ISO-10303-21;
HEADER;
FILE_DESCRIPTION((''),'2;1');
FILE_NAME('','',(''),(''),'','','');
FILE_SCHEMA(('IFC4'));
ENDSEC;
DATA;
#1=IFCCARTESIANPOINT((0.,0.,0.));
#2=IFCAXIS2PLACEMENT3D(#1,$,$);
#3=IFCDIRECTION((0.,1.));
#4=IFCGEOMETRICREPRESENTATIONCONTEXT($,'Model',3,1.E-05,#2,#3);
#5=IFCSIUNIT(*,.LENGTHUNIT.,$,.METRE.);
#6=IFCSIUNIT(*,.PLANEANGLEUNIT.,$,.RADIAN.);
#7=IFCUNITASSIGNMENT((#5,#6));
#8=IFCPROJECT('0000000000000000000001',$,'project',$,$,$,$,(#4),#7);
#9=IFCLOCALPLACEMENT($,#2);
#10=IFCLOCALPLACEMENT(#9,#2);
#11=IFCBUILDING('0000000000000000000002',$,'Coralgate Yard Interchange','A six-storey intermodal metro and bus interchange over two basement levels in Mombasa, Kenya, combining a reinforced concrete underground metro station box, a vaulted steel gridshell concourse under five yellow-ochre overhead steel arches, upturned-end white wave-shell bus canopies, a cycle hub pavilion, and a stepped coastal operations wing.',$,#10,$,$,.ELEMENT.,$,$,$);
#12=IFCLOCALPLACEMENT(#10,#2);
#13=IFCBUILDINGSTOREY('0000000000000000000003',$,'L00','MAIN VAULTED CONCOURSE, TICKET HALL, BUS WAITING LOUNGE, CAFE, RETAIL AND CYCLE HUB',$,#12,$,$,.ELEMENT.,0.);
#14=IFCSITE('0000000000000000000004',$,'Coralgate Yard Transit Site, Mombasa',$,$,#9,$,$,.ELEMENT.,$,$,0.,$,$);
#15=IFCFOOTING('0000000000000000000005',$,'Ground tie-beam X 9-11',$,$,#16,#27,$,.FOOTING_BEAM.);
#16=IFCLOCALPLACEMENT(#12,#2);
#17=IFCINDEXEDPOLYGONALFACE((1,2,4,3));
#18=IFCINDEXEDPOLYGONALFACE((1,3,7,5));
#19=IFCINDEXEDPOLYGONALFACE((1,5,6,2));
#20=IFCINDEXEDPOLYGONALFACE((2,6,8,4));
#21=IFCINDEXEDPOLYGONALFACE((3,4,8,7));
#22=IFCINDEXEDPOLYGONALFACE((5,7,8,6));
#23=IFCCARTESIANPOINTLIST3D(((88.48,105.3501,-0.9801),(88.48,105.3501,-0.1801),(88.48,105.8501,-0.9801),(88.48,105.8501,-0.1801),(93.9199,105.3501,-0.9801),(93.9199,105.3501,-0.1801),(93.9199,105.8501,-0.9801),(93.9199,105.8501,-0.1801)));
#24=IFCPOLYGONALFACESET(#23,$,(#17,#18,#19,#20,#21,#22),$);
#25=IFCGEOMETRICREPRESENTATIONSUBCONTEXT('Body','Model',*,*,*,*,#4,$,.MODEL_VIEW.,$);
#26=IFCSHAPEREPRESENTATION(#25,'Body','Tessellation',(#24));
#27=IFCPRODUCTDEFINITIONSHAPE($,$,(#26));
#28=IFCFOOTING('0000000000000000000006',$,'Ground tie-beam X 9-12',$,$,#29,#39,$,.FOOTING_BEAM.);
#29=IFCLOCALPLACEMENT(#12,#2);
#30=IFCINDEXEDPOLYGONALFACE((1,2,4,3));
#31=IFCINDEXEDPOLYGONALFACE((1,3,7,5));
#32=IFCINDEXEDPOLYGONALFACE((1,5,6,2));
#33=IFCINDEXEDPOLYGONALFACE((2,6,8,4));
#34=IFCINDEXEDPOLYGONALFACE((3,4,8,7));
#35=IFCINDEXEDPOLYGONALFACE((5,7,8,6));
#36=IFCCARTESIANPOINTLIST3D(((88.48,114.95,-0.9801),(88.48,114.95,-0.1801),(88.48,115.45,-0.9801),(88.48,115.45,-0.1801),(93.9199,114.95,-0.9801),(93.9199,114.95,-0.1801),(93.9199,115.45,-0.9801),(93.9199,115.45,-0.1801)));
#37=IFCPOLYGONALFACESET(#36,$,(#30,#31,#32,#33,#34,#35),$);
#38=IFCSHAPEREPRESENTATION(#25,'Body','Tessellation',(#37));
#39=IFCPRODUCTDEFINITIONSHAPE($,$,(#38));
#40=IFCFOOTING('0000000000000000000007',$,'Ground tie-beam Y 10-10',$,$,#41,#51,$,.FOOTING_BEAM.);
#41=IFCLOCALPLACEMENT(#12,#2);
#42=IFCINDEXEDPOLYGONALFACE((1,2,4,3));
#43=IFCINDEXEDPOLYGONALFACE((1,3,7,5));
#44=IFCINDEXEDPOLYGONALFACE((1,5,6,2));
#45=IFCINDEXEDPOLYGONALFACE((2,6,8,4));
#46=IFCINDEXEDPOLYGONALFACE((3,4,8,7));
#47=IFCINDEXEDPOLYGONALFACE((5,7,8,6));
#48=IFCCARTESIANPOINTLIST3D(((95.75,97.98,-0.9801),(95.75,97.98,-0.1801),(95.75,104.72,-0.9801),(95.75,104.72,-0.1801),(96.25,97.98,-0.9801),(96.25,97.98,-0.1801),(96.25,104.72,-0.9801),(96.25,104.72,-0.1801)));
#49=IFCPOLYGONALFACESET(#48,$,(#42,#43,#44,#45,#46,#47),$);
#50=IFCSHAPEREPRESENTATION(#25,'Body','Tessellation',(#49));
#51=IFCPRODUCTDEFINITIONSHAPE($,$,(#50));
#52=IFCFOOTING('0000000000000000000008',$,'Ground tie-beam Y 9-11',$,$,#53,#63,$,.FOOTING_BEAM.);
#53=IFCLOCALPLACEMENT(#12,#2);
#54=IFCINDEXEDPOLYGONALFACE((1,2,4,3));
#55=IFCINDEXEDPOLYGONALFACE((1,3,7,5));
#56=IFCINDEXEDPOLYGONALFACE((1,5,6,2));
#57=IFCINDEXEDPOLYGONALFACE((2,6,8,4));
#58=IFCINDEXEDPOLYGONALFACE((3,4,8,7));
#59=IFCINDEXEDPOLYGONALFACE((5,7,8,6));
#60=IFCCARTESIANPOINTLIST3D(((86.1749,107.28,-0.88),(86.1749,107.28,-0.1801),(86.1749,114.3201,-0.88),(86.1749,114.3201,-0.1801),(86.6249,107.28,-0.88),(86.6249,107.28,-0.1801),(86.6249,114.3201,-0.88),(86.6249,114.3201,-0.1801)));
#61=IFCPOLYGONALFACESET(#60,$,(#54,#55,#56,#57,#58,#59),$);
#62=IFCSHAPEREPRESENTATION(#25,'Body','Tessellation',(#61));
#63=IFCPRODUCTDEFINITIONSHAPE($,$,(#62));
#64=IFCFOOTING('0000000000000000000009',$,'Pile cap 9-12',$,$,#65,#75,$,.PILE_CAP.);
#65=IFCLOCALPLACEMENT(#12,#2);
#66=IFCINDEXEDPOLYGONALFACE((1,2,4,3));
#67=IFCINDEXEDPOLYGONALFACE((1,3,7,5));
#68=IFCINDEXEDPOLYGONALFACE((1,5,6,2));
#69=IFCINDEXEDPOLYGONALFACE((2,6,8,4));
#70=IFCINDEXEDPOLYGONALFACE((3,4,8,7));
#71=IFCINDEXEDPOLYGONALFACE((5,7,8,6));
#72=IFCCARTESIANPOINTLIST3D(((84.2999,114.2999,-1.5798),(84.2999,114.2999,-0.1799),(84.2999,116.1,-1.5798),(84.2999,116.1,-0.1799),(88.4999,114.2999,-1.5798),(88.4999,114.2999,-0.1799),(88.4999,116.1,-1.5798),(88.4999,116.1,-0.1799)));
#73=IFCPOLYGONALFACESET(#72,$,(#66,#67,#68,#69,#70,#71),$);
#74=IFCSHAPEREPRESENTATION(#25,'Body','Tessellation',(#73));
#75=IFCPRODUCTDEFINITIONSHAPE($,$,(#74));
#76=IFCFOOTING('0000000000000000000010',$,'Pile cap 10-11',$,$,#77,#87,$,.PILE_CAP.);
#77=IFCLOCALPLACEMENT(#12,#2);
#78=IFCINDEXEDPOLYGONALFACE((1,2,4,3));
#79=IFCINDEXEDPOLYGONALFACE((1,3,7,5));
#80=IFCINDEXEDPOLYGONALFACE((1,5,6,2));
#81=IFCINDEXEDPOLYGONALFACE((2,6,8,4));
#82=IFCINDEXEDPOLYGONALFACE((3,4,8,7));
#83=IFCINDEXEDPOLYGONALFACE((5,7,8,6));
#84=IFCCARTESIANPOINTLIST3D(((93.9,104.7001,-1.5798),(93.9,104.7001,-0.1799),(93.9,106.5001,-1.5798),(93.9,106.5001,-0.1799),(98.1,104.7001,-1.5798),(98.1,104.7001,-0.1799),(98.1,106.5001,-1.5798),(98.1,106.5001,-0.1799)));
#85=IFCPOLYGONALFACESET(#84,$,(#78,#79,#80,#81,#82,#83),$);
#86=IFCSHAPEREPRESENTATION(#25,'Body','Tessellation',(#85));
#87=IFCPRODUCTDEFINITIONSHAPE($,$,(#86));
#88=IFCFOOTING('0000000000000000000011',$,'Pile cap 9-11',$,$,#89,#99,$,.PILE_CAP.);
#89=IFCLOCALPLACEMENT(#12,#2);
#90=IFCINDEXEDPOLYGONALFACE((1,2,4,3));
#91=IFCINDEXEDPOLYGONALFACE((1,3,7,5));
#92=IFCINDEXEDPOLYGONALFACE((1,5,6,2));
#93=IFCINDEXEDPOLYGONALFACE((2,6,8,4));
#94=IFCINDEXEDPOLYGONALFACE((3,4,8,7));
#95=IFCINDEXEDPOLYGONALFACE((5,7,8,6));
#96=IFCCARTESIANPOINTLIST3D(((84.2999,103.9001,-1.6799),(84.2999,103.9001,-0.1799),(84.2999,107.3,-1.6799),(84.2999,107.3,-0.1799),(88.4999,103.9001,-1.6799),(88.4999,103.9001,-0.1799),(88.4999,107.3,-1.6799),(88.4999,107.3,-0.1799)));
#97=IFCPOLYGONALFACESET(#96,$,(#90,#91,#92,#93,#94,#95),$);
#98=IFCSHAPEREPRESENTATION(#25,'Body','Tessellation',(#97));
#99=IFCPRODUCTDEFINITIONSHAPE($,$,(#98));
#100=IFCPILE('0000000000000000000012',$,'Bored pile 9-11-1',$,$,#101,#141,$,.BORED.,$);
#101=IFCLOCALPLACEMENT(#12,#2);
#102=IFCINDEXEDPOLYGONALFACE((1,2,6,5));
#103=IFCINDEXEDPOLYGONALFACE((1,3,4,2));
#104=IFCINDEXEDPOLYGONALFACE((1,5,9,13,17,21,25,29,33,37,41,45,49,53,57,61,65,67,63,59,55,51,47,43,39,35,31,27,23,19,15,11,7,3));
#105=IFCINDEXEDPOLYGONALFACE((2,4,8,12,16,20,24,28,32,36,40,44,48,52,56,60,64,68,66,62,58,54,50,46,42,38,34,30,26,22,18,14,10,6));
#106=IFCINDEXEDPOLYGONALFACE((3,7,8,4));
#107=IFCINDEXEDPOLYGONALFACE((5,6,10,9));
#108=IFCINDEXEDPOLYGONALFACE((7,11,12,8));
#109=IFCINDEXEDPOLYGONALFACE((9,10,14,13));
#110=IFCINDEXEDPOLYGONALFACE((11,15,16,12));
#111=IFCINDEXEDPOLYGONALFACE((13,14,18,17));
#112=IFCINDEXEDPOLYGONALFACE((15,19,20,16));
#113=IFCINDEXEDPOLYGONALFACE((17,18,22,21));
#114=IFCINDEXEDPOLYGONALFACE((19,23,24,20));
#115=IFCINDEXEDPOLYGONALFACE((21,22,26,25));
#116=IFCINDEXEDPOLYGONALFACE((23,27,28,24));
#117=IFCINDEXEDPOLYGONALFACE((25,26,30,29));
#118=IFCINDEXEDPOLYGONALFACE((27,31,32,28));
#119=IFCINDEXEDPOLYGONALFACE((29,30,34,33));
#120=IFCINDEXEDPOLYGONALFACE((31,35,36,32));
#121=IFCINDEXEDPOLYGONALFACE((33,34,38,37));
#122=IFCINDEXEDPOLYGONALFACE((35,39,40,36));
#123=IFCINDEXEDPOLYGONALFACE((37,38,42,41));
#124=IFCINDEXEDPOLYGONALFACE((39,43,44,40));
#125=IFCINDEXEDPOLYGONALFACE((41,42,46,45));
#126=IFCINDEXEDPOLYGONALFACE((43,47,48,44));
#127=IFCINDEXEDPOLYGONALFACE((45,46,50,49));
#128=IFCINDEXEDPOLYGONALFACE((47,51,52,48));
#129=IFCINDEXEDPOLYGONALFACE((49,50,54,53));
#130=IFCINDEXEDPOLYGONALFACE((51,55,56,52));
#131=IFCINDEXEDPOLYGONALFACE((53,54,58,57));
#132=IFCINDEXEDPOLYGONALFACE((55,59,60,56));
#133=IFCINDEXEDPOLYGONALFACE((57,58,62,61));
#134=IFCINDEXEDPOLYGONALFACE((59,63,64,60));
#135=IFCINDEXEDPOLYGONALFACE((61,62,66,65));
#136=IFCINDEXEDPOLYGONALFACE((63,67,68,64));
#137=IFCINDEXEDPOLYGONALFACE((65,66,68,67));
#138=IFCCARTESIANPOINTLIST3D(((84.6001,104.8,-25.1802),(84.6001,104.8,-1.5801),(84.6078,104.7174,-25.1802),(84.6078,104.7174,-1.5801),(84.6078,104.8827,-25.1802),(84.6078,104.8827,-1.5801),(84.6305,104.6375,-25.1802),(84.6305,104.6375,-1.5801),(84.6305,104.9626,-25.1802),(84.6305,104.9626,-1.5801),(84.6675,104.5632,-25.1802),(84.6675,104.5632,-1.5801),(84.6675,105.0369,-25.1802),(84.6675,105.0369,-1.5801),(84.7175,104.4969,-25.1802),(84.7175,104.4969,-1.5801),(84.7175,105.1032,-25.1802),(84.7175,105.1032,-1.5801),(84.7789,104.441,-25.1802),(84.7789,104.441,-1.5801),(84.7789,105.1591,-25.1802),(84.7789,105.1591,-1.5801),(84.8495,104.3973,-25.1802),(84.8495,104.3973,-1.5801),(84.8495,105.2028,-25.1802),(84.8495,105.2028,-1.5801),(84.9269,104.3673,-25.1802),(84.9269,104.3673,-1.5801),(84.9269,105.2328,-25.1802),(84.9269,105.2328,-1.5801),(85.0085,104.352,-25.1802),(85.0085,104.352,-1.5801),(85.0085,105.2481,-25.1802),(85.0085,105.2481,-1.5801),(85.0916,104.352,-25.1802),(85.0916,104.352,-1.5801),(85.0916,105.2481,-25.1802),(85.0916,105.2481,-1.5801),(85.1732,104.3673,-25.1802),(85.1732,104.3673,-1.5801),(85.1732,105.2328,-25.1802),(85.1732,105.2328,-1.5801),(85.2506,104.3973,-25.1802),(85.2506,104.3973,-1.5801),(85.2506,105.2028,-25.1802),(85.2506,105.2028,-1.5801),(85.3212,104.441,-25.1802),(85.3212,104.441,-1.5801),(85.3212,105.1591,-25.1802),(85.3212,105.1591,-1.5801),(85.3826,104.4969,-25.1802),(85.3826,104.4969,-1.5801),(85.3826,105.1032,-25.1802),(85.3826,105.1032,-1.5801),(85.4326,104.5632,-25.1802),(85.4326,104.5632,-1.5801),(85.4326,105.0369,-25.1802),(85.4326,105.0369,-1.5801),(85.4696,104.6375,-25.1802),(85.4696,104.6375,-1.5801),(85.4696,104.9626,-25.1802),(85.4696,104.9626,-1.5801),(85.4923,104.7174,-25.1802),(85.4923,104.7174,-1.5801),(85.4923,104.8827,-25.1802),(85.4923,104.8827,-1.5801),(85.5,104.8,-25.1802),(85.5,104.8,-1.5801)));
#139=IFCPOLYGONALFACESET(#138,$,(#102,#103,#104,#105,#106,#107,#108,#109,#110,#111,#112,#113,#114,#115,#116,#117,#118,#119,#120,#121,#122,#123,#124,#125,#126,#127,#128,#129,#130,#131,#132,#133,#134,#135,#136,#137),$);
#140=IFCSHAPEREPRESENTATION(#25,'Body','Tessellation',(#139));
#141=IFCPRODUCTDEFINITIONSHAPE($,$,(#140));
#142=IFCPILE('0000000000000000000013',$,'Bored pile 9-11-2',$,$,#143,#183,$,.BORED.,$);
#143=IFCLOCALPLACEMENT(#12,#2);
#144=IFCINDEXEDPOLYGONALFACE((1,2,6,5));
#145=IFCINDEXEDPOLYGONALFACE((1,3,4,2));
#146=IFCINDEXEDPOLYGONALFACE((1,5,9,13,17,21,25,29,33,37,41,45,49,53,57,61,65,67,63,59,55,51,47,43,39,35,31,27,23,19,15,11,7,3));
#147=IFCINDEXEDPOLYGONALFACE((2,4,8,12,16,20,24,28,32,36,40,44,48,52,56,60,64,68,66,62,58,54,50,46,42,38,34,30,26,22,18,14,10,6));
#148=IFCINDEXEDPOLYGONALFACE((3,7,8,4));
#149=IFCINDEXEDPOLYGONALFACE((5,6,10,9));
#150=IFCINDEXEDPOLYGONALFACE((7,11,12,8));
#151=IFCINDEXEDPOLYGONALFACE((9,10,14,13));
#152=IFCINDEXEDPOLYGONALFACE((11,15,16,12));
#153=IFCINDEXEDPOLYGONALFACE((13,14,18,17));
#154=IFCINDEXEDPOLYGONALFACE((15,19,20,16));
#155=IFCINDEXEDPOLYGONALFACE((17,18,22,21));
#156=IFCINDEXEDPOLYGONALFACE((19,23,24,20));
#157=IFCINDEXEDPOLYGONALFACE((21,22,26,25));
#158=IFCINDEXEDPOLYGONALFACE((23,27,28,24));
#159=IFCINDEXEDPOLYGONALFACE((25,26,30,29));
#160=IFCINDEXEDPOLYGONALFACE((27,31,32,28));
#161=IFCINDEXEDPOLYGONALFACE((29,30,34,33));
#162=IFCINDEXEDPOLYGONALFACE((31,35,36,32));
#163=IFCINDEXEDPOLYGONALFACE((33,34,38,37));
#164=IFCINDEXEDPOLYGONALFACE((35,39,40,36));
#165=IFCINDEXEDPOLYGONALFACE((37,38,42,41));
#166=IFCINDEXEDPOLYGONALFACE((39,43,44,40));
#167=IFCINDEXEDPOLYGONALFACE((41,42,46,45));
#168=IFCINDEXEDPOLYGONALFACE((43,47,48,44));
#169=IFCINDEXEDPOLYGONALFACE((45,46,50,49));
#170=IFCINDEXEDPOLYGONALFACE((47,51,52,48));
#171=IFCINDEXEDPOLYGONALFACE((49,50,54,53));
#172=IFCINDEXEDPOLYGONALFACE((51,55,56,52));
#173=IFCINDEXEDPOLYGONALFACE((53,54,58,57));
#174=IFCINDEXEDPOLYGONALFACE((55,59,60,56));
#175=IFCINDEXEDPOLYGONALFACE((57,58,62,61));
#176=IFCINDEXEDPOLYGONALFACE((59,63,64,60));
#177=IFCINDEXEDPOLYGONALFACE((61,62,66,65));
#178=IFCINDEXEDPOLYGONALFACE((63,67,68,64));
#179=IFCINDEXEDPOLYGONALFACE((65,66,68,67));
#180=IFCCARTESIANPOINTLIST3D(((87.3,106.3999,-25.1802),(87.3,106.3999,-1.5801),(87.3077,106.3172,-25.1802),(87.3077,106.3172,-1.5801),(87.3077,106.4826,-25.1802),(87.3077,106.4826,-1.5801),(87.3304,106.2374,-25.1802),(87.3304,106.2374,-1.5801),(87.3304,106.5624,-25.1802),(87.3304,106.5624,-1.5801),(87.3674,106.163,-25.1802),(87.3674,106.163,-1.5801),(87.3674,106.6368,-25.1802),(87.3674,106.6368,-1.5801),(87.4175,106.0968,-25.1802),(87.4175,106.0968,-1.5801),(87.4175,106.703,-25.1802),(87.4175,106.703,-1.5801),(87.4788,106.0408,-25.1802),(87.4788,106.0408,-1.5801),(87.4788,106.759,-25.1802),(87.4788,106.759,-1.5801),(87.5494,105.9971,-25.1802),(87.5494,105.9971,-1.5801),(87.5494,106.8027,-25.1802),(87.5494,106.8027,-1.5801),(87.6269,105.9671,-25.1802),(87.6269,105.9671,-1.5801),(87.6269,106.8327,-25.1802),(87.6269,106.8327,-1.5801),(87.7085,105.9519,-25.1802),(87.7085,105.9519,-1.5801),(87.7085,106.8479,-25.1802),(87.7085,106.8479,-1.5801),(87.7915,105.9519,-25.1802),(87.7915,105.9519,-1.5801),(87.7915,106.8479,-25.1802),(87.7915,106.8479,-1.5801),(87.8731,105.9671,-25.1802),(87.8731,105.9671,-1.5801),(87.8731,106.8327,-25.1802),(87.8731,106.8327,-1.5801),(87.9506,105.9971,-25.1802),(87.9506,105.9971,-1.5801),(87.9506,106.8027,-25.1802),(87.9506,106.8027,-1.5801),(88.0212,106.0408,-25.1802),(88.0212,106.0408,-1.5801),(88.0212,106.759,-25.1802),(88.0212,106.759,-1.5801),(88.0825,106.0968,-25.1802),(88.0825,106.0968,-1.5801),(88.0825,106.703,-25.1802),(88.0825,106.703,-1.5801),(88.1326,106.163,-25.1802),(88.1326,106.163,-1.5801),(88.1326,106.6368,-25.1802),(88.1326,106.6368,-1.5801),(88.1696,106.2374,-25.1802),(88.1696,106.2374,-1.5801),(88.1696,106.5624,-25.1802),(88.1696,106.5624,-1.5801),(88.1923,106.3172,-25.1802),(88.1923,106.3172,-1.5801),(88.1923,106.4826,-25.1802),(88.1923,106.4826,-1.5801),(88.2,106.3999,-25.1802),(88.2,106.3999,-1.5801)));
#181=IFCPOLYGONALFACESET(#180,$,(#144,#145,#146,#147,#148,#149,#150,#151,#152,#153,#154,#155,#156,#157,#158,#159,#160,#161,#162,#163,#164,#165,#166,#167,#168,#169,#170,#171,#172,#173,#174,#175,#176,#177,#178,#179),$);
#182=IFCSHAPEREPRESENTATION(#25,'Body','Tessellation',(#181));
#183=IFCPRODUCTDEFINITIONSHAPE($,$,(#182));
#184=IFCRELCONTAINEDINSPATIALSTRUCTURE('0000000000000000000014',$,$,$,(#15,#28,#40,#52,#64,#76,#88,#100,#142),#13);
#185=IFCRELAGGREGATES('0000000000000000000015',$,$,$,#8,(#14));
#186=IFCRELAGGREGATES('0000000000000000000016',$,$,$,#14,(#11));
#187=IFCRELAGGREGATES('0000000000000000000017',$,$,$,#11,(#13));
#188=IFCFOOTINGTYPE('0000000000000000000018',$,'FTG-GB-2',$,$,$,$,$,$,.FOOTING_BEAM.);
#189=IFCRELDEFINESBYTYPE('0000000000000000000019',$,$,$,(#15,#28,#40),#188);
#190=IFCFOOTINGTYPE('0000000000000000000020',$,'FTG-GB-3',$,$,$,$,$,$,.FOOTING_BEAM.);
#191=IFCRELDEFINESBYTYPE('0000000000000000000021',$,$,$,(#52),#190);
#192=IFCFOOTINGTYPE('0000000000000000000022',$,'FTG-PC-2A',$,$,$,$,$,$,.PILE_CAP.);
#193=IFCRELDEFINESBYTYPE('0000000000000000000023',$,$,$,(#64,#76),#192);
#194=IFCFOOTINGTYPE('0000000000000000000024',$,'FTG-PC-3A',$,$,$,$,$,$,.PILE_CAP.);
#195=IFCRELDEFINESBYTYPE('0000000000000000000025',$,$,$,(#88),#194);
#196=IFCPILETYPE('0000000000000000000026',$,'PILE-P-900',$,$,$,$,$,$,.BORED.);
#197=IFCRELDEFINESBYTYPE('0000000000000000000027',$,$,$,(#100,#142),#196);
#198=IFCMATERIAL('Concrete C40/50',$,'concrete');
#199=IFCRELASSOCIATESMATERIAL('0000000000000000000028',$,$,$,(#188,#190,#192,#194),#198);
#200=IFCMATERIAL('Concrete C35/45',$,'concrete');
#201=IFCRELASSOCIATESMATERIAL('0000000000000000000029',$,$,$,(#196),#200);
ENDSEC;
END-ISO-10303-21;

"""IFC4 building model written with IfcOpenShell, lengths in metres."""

from ifc_helpers import new_model, si_unit, direction, frame, origin, origin_2d, place, context, subcontext, project, spatial, rectangle, circle, extrude, material, material_profile, profile_set, type_object, element, save


model = new_model("IFC4")

# Units and contexts
model_context = context("Model", 3, precision=1e-05, world=origin(), true_north=direction((0.0, 1.0)))
body_context = subcontext(model_context, "Body", "Model", "MODEL_VIEW")
ifc_project = project(units=[si_unit("LENGTHUNIT", "METRE"), si_unit("PLANEANGLEUNIT", "RADIAN")], contexts=[model_context])

# Site, building, storey
site_placement = place(None, origin())
site = spatial("IfcSite", under=ifc_project, at=site_placement, Name="Coralgate Yard Transit Site, Mombasa", CompositionType="ELEMENT", RefElevation=0.0)
building_placement = place(site_placement, origin())
building = spatial("IfcBuilding", under=site, at=building_placement, Name="Coralgate Yard Interchange", Description="A six-storey intermodal metro and bus interchange over two basement levels in Mombasa, Kenya, combining a reinforced concrete underground metro station box, a vaulted steel gridshell concourse under five yellow-ochre overhead steel arches, upturned-end white wave-shell bus canopies, a cycle hub pavilion, and a stepped coastal operations wing.", CompositionType="ELEMENT")
storey_placement = place(building_placement, origin())
storey = spatial("IfcBuildingStorey", under=building, at=storey_placement, Name="L00", Description="MAIN VAULTED CONCOURSE, TICKET HALL, BUS WAITING LOUNGE, CAFE, RETAIL AND CYCLE HUB", CompositionType="ELEMENT", Elevation=0.0)

# Footings
ifc_material_1 = material(Name="Concrete C40/50", Category="concrete")
ifc_material_profile_1 = material_profile(ifc_material_1, rectangle(XDim=0.5, YDim=0.8, at=origin_2d()), Name="RC 500x800")
ifc_profile_set_1 = profile_set([ifc_material_profile_1], Name="Concrete C40/50")
footing_type_1 = type_object("IfcFootingType", Name="FTG-GB-2", PredefinedType="FOOTING_BEAM", material=ifc_profile_set_1)
for number, where, z_axis, x_axis, name in (
    (1, (88.48, 105.6001, -0.5801), (1.0, 0.0, 0.0), (0.0, 1.0, 0.0), "Ground tie-beam X 9-11"),
    (2, (88.48, 115.2, -0.5801), (1.0, 0.0, 0.0), (0.0, 1.0, 0.0), "Ground tie-beam X 9-12"),
):
    element("IfcFooting", number, at=place(storey_placement, frame(where, z_axis=z_axis, x_axis=x_axis)), inside=storey, type_object=footing_type_1, Name=name, PredefinedType="FOOTING_BEAM", context=body_context, shape_type="SweptSolid", body=[
        extrude(rectangle(XDim=0.5, YDim=0.8, at=origin_2d()), origin(), (0.0, 0.0, 1.0), 5.4399),
    ])
footing_1_placement = place(storey_placement, frame((96.0, 97.98, -0.5801), z_axis=(0.0, 1.0, 0.0), x_axis=(-1.0, 0.0, 0.0)))
element("IfcFooting", 3, at=footing_1_placement, inside=storey, type_object=footing_type_1, Name="Ground tie-beam Y 10-10", PredefinedType="FOOTING_BEAM", context=body_context, shape_type="SweptSolid", body=[
    extrude(rectangle(XDim=0.5, YDim=0.8, at=origin_2d()), origin(), (0.0, 0.0, 1.0), 6.74),
])
ifc_material_profile_2 = material_profile(ifc_material_1, rectangle(XDim=0.45, YDim=0.7, at=origin_2d()), Name="RC 450x700")
ifc_profile_set_2 = profile_set([ifc_material_profile_2], Name="Concrete C40/50")
footing_type_2 = type_object("IfcFootingType", Name="FTG-GB-3", PredefinedType="FOOTING_BEAM", material=ifc_profile_set_2)
footing_2_placement = place(storey_placement, frame((86.3999, 107.28, -0.53), z_axis=(0.0, 1.0, 0.0), x_axis=(-1.0, 0.0, 0.0)))
element("IfcFooting", 4, at=footing_2_placement, inside=storey, type_object=footing_type_2, Name="Ground tie-beam Y 9-11", PredefinedType="FOOTING_BEAM", context=body_context, shape_type="SweptSolid", body=[
    extrude(rectangle(XDim=0.45, YDim=0.7, at=origin_2d()), origin(), (0.0, 0.0, 1.0), 7.04),
])
footing_type_3 = type_object("IfcFootingType", Name="FTG-PC-2A", PredefinedType="PILE_CAP", material=ifc_material_1)
for number, where, z_axis, x_axis, name in (
    (5, (86.3999, 115.2, -1.5798), (0.0, 0.0, 1.0), (1.0, 0.0, 0.0), "Pile cap 9-12"),
    (6, (96.0, 105.6001, -1.5798), (0.0, 0.0, 1.0), (1.0, 0.0, 0.0), "Pile cap 10-11"),
):
    element("IfcFooting", number, at=place(storey_placement, frame(where, z_axis=z_axis, x_axis=x_axis)), inside=storey, type_object=footing_type_3, Name=name, PredefinedType="PILE_CAP", context=body_context, shape_type="SweptSolid", body=[
        extrude(rectangle(XDim=4.2, YDim=1.8, at=origin_2d()), origin(), (0.0, 0.0, 1.0), 1.3999),
    ])
footing_type_4 = type_object("IfcFootingType", Name="FTG-PC-3A", PredefinedType="PILE_CAP", material=ifc_material_1)
footing_3_placement = place(storey_placement, frame((86.3999, 105.6001, -1.6799), z_axis=(0.0, 0.0, 1.0), x_axis=(1.0, 0.0, 0.0)))
element("IfcFooting", 7, at=footing_3_placement, inside=storey, type_object=footing_type_4, Name="Pile cap 9-11", PredefinedType="PILE_CAP", context=body_context, shape_type="SweptSolid", body=[
    extrude(rectangle(XDim=4.2, YDim=3.3999, at=origin_2d()), origin(), (0.0, 0.0, 1.0), 1.5),
])

# Piles
ifc_material_2 = material(Name="Concrete C35/45", Category="concrete")
ifc_material_profile_3 = material_profile(ifc_material_2, circle(Radius=0.45, at=origin_2d()), Name="BORED PILE D900")
ifc_profile_set_3 = profile_set([ifc_material_profile_3], Name="Concrete C35/45")
pile_type = type_object("IfcPileType", Name="PILE-P-900", PredefinedType="BORED", material=ifc_profile_set_3)
for number, where, z_axis, x_axis, name in (
    (8, (85.05, 104.8, -1.5801), (0.0, 0.0, -1.0), (1.0, 0.0, 0.0), "Bored pile 9-11-1"),
    (9, (87.75, 106.3999, -1.5801), (0.0, 0.0, -1.0), (1.0, 0.0, 0.0), "Bored pile 9-11-2"),
):
    element("IfcPile", number, at=place(storey_placement, frame(where, z_axis=z_axis, x_axis=x_axis)), inside=storey, type_object=pile_type, Name=name, PredefinedType="BORED", context=body_context, shape_type="SweptSolid", body=[
        extrude(circle(Radius=0.45, at=origin_2d()), origin(), (0.0, 0.0, 1.0), 23.6001),
    ])

save(model, "model.ifc")
